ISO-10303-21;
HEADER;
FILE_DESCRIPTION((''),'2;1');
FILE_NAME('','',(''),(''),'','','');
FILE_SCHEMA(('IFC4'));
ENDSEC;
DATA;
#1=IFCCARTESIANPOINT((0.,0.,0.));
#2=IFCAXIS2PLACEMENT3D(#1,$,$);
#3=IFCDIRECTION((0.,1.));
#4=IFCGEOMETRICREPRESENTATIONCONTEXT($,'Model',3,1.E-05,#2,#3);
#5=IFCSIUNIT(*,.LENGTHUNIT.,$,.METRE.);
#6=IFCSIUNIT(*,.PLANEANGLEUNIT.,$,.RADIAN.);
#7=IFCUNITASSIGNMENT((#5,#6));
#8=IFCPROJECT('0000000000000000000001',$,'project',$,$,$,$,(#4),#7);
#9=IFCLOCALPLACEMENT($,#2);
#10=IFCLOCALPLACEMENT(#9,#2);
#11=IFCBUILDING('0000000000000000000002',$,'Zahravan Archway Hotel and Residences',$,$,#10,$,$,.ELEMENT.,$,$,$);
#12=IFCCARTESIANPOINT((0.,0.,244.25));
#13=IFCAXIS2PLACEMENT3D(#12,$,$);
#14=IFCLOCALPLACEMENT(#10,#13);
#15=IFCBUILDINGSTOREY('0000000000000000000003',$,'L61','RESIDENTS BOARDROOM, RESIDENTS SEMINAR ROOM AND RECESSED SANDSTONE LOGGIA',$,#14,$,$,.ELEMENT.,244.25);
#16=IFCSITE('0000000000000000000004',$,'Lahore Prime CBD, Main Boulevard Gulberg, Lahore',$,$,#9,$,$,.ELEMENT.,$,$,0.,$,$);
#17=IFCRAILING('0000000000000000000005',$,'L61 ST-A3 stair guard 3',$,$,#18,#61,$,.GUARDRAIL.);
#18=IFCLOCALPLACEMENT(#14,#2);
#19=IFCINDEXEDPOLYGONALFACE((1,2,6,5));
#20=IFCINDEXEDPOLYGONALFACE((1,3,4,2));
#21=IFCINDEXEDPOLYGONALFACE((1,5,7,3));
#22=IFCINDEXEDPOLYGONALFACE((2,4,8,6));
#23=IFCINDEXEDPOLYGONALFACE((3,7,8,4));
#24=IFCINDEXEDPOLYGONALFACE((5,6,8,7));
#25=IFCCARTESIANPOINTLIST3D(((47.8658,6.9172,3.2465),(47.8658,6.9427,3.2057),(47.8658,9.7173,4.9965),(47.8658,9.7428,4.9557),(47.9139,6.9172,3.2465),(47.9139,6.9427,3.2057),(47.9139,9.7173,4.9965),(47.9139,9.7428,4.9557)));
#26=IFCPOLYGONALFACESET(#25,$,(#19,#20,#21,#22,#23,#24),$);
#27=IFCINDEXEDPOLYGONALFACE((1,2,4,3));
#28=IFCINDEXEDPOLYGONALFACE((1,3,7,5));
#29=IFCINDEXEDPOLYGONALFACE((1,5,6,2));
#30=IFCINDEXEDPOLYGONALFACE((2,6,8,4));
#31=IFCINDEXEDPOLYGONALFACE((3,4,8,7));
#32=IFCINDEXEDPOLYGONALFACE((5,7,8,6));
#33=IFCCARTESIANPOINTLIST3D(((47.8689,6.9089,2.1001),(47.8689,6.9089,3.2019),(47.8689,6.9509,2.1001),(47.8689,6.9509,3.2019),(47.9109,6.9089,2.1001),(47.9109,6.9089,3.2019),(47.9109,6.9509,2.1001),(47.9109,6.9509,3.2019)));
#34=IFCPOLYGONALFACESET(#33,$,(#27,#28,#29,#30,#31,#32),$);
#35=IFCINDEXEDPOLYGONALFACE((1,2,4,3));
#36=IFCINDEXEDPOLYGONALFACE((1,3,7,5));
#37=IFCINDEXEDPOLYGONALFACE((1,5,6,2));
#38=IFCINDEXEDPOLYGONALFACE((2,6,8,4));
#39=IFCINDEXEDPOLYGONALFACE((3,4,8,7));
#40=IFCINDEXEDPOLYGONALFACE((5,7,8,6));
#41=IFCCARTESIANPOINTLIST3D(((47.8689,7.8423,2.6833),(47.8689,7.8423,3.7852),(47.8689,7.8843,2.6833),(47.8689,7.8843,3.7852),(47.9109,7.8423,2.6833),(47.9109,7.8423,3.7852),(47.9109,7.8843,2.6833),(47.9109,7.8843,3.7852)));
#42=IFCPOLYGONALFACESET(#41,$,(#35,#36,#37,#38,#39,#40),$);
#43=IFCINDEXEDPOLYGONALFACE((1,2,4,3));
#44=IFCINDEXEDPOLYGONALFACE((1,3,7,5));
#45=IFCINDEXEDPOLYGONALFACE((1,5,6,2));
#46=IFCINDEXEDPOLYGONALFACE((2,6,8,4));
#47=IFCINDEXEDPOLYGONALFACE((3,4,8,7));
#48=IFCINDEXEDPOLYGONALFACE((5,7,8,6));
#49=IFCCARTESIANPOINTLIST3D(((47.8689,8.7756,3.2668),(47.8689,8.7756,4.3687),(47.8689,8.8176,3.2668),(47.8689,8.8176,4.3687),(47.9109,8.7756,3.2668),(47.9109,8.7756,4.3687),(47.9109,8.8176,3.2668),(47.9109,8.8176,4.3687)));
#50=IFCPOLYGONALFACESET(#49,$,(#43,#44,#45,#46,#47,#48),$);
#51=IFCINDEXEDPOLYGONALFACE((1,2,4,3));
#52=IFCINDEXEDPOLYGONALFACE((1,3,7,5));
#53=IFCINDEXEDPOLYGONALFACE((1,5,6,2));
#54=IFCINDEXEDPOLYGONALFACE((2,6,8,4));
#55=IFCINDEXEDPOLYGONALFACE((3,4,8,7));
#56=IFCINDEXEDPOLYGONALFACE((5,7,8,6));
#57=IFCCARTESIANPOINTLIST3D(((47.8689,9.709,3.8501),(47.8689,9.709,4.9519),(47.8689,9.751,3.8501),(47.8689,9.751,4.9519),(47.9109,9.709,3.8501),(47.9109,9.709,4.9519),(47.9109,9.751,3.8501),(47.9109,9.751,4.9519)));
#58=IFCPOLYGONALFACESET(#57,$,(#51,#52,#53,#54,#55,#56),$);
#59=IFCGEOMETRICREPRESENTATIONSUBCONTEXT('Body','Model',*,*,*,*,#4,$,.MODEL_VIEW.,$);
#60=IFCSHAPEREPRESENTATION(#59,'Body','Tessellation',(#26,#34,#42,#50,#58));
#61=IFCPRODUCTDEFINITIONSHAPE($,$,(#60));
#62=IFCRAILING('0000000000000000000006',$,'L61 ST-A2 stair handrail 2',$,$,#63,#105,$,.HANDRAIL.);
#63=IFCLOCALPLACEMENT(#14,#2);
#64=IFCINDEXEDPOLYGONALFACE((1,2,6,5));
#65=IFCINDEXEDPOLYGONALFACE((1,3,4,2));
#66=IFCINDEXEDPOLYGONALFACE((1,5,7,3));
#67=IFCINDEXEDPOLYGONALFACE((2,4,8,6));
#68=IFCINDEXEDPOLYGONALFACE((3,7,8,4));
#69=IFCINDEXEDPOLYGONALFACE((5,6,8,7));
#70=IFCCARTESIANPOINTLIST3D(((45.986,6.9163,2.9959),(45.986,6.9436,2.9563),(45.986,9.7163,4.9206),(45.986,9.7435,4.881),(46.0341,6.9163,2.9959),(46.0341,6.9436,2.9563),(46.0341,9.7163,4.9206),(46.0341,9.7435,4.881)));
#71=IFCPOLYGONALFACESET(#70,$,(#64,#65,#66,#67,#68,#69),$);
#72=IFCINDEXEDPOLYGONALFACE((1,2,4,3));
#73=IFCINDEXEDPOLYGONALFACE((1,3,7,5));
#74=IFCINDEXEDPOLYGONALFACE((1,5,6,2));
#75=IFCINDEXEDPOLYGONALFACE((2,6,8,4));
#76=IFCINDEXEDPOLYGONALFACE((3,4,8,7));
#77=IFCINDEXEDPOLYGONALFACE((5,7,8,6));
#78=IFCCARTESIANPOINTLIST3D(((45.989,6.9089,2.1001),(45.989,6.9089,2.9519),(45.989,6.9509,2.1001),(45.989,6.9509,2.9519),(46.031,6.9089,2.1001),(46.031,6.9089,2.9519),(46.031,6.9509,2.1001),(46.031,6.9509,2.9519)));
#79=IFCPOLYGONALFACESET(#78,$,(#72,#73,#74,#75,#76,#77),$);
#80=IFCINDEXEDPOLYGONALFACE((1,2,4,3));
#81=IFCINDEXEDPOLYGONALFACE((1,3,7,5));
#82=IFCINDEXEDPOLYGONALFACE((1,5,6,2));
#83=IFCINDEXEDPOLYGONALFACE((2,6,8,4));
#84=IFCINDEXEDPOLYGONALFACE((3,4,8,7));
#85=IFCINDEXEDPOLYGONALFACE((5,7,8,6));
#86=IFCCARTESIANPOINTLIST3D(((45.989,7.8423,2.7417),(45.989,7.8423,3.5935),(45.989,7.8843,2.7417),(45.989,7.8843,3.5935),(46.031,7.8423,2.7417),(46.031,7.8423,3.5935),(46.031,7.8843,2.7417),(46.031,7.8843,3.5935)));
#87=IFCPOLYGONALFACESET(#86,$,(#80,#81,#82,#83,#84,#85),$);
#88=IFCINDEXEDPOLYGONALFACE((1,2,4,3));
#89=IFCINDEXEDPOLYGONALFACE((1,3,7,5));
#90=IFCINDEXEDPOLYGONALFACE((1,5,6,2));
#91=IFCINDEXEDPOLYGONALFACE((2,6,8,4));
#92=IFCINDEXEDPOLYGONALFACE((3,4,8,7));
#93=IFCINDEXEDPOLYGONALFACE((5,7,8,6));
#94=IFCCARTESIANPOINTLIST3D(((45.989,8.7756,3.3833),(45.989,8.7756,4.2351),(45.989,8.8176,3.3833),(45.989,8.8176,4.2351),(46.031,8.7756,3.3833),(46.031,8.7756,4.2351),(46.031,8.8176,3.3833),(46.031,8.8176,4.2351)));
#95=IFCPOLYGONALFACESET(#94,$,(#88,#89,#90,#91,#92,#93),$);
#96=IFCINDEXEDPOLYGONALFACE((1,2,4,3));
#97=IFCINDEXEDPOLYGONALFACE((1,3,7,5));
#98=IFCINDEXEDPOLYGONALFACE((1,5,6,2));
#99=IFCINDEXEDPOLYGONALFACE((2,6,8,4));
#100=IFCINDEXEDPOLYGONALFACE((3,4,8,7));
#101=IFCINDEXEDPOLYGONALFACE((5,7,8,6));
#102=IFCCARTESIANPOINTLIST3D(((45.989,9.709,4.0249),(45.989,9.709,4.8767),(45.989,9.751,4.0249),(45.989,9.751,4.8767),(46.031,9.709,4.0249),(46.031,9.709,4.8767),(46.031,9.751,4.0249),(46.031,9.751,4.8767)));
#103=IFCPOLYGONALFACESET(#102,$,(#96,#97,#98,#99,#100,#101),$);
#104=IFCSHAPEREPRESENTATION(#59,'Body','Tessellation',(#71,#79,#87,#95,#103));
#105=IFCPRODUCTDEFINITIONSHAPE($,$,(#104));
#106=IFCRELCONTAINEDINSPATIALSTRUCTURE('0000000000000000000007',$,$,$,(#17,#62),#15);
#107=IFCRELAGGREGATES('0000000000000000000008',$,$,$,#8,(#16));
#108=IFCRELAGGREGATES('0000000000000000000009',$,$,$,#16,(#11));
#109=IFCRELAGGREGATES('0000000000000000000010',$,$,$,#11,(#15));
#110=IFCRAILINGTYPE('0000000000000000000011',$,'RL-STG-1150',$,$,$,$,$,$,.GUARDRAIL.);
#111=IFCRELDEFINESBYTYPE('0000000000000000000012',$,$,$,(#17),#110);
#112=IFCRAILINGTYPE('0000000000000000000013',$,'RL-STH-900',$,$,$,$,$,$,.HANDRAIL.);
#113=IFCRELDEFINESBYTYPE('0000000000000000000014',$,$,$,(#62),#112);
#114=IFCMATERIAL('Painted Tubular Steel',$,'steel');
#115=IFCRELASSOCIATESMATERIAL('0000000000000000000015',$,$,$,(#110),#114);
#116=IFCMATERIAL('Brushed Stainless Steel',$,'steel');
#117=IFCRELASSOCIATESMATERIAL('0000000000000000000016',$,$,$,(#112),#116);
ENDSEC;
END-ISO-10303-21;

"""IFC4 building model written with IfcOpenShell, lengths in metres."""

from ifc_helpers import new_model, si_unit, direction, frame, origin, origin_2d, place, context, subcontext, project, spatial, rectangle, extrude, material, type_object, element, save


model = new_model("IFC4")

# Units and contexts
model_context = context("Model", 3, precision=1e-05, world=origin(), true_north=direction((0.0, 1.0)))
body_context = subcontext(model_context, "Body", "Model", "MODEL_VIEW")
ifc_project = project(units=[si_unit("LENGTHUNIT", "METRE"), si_unit("PLANEANGLEUNIT", "RADIAN")], contexts=[model_context])

# Site, building, storey
site_placement = place(None, origin())
site = spatial("IfcSite", under=ifc_project, at=site_placement, Name="Lahore Prime CBD, Main Boulevard Gulberg, Lahore", CompositionType="ELEMENT", RefElevation=0.0)
building_placement = place(site_placement, origin())
building = spatial("IfcBuilding", under=site, at=building_placement, Name="Zahravan Archway Hotel and Residences", CompositionType="ELEMENT")
storey_placement = place(building_placement, frame((0.0, 0.0, 244.25)))
storey = spatial("IfcBuildingStorey", under=building, at=storey_placement, Name="L61", Description="RESIDENTS BOARDROOM, RESIDENTS SEMINAR ROOM AND RECESSED SANDSTONE LOGGIA", CompositionType="ELEMENT", Elevation=244.25)

# Railings
ifc_material_1 = material(Name="Painted Tubular Steel", Category="steel")
railing_type_1 = type_object("IfcRailingType", Name="RL-STG-1150", PredefinedType="GUARDRAIL", material=ifc_material_1)
railing_1_placement = place(storey_placement, frame((47.8899, 6.9299, 2.1001)))
element("IfcRailing", 1, at=railing_1_placement, inside=storey, type_object=railing_type_1, Name="L61 ST-A3 stair guard 3", PredefinedType="GUARDRAIL", context=body_context, shape_type="SweptSolid", body=[
    extrude(rectangle(XDim=0.0481, YDim=0.0481, at=origin_2d()), frame((0.0, 0.0, 1.126), z_axis=(0.0, 0.848002, 0.529992), x_axis=(-1.0, 0.0, 0.0)), (0.0, 0.0, 1.0), 3.302),
    extrude(rectangle(XDim=0.042, YDim=0.042, at=origin_2d()), origin(), (0.0, 0.0, 1.0), 1.1018),
    extrude(rectangle(XDim=0.042, YDim=0.042, at=origin_2d()), frame((0.0, 0.9333, 0.5833)), (0.0, 0.0, 1.0), 1.1018),
    extrude(rectangle(XDim=0.042, YDim=0.042, at=origin_2d()), frame((0.0, 1.8667, 1.1667)), (0.0, 0.0, 1.0), 1.1018),
    extrude(rectangle(XDim=0.042, YDim=0.042, at=origin_2d()), frame((0.0, 2.8, 1.75)), (0.0, 0.0, 1.0), 1.1018),
])
ifc_material_2 = material(Name="Brushed Stainless Steel", Category="steel")
railing_type_2 = type_object("IfcRailingType", Name="RL-STH-900", PredefinedType="HANDRAIL", material=ifc_material_2)
railing_2_placement = place(storey_placement, frame((46.01, 6.9299, 2.1001)))
element("IfcRailing", 2, at=railing_2_placement, inside=storey, type_object=railing_type_2, Name="L61 ST-A2 stair handrail 2", PredefinedType="HANDRAIL", context=body_context, shape_type="SweptSolid", body=[
    extrude(rectangle(XDim=0.0481, YDim=0.0481, at=origin_2d()), frame((0.0, 0.0, 0.876), z_axis=(0.0, 0.824073, 0.566483), x_axis=(-1.0, 0.0, 0.0)), (0.0, 0.0, 1.0), 3.3977),
    extrude(rectangle(XDim=0.042, YDim=0.042, at=origin_2d()), origin(), (0.0, 0.0, 1.0), 0.8518),
    extrude(rectangle(XDim=0.042, YDim=0.042, at=origin_2d()), frame((0.0, 0.9333, 0.6416)), (0.0, 0.0, 1.0), 0.8518),
    extrude(rectangle(XDim=0.042, YDim=0.042, at=origin_2d()), frame((0.0, 1.8667, 1.2832)), (0.0, 0.0, 1.0), 0.8518),
    extrude(rectangle(XDim=0.042, YDim=0.042, at=origin_2d()), frame((0.0, 2.8, 1.9248)), (0.0, 0.0, 1.0), 0.8518),
])

save(model, "model.ifc")
